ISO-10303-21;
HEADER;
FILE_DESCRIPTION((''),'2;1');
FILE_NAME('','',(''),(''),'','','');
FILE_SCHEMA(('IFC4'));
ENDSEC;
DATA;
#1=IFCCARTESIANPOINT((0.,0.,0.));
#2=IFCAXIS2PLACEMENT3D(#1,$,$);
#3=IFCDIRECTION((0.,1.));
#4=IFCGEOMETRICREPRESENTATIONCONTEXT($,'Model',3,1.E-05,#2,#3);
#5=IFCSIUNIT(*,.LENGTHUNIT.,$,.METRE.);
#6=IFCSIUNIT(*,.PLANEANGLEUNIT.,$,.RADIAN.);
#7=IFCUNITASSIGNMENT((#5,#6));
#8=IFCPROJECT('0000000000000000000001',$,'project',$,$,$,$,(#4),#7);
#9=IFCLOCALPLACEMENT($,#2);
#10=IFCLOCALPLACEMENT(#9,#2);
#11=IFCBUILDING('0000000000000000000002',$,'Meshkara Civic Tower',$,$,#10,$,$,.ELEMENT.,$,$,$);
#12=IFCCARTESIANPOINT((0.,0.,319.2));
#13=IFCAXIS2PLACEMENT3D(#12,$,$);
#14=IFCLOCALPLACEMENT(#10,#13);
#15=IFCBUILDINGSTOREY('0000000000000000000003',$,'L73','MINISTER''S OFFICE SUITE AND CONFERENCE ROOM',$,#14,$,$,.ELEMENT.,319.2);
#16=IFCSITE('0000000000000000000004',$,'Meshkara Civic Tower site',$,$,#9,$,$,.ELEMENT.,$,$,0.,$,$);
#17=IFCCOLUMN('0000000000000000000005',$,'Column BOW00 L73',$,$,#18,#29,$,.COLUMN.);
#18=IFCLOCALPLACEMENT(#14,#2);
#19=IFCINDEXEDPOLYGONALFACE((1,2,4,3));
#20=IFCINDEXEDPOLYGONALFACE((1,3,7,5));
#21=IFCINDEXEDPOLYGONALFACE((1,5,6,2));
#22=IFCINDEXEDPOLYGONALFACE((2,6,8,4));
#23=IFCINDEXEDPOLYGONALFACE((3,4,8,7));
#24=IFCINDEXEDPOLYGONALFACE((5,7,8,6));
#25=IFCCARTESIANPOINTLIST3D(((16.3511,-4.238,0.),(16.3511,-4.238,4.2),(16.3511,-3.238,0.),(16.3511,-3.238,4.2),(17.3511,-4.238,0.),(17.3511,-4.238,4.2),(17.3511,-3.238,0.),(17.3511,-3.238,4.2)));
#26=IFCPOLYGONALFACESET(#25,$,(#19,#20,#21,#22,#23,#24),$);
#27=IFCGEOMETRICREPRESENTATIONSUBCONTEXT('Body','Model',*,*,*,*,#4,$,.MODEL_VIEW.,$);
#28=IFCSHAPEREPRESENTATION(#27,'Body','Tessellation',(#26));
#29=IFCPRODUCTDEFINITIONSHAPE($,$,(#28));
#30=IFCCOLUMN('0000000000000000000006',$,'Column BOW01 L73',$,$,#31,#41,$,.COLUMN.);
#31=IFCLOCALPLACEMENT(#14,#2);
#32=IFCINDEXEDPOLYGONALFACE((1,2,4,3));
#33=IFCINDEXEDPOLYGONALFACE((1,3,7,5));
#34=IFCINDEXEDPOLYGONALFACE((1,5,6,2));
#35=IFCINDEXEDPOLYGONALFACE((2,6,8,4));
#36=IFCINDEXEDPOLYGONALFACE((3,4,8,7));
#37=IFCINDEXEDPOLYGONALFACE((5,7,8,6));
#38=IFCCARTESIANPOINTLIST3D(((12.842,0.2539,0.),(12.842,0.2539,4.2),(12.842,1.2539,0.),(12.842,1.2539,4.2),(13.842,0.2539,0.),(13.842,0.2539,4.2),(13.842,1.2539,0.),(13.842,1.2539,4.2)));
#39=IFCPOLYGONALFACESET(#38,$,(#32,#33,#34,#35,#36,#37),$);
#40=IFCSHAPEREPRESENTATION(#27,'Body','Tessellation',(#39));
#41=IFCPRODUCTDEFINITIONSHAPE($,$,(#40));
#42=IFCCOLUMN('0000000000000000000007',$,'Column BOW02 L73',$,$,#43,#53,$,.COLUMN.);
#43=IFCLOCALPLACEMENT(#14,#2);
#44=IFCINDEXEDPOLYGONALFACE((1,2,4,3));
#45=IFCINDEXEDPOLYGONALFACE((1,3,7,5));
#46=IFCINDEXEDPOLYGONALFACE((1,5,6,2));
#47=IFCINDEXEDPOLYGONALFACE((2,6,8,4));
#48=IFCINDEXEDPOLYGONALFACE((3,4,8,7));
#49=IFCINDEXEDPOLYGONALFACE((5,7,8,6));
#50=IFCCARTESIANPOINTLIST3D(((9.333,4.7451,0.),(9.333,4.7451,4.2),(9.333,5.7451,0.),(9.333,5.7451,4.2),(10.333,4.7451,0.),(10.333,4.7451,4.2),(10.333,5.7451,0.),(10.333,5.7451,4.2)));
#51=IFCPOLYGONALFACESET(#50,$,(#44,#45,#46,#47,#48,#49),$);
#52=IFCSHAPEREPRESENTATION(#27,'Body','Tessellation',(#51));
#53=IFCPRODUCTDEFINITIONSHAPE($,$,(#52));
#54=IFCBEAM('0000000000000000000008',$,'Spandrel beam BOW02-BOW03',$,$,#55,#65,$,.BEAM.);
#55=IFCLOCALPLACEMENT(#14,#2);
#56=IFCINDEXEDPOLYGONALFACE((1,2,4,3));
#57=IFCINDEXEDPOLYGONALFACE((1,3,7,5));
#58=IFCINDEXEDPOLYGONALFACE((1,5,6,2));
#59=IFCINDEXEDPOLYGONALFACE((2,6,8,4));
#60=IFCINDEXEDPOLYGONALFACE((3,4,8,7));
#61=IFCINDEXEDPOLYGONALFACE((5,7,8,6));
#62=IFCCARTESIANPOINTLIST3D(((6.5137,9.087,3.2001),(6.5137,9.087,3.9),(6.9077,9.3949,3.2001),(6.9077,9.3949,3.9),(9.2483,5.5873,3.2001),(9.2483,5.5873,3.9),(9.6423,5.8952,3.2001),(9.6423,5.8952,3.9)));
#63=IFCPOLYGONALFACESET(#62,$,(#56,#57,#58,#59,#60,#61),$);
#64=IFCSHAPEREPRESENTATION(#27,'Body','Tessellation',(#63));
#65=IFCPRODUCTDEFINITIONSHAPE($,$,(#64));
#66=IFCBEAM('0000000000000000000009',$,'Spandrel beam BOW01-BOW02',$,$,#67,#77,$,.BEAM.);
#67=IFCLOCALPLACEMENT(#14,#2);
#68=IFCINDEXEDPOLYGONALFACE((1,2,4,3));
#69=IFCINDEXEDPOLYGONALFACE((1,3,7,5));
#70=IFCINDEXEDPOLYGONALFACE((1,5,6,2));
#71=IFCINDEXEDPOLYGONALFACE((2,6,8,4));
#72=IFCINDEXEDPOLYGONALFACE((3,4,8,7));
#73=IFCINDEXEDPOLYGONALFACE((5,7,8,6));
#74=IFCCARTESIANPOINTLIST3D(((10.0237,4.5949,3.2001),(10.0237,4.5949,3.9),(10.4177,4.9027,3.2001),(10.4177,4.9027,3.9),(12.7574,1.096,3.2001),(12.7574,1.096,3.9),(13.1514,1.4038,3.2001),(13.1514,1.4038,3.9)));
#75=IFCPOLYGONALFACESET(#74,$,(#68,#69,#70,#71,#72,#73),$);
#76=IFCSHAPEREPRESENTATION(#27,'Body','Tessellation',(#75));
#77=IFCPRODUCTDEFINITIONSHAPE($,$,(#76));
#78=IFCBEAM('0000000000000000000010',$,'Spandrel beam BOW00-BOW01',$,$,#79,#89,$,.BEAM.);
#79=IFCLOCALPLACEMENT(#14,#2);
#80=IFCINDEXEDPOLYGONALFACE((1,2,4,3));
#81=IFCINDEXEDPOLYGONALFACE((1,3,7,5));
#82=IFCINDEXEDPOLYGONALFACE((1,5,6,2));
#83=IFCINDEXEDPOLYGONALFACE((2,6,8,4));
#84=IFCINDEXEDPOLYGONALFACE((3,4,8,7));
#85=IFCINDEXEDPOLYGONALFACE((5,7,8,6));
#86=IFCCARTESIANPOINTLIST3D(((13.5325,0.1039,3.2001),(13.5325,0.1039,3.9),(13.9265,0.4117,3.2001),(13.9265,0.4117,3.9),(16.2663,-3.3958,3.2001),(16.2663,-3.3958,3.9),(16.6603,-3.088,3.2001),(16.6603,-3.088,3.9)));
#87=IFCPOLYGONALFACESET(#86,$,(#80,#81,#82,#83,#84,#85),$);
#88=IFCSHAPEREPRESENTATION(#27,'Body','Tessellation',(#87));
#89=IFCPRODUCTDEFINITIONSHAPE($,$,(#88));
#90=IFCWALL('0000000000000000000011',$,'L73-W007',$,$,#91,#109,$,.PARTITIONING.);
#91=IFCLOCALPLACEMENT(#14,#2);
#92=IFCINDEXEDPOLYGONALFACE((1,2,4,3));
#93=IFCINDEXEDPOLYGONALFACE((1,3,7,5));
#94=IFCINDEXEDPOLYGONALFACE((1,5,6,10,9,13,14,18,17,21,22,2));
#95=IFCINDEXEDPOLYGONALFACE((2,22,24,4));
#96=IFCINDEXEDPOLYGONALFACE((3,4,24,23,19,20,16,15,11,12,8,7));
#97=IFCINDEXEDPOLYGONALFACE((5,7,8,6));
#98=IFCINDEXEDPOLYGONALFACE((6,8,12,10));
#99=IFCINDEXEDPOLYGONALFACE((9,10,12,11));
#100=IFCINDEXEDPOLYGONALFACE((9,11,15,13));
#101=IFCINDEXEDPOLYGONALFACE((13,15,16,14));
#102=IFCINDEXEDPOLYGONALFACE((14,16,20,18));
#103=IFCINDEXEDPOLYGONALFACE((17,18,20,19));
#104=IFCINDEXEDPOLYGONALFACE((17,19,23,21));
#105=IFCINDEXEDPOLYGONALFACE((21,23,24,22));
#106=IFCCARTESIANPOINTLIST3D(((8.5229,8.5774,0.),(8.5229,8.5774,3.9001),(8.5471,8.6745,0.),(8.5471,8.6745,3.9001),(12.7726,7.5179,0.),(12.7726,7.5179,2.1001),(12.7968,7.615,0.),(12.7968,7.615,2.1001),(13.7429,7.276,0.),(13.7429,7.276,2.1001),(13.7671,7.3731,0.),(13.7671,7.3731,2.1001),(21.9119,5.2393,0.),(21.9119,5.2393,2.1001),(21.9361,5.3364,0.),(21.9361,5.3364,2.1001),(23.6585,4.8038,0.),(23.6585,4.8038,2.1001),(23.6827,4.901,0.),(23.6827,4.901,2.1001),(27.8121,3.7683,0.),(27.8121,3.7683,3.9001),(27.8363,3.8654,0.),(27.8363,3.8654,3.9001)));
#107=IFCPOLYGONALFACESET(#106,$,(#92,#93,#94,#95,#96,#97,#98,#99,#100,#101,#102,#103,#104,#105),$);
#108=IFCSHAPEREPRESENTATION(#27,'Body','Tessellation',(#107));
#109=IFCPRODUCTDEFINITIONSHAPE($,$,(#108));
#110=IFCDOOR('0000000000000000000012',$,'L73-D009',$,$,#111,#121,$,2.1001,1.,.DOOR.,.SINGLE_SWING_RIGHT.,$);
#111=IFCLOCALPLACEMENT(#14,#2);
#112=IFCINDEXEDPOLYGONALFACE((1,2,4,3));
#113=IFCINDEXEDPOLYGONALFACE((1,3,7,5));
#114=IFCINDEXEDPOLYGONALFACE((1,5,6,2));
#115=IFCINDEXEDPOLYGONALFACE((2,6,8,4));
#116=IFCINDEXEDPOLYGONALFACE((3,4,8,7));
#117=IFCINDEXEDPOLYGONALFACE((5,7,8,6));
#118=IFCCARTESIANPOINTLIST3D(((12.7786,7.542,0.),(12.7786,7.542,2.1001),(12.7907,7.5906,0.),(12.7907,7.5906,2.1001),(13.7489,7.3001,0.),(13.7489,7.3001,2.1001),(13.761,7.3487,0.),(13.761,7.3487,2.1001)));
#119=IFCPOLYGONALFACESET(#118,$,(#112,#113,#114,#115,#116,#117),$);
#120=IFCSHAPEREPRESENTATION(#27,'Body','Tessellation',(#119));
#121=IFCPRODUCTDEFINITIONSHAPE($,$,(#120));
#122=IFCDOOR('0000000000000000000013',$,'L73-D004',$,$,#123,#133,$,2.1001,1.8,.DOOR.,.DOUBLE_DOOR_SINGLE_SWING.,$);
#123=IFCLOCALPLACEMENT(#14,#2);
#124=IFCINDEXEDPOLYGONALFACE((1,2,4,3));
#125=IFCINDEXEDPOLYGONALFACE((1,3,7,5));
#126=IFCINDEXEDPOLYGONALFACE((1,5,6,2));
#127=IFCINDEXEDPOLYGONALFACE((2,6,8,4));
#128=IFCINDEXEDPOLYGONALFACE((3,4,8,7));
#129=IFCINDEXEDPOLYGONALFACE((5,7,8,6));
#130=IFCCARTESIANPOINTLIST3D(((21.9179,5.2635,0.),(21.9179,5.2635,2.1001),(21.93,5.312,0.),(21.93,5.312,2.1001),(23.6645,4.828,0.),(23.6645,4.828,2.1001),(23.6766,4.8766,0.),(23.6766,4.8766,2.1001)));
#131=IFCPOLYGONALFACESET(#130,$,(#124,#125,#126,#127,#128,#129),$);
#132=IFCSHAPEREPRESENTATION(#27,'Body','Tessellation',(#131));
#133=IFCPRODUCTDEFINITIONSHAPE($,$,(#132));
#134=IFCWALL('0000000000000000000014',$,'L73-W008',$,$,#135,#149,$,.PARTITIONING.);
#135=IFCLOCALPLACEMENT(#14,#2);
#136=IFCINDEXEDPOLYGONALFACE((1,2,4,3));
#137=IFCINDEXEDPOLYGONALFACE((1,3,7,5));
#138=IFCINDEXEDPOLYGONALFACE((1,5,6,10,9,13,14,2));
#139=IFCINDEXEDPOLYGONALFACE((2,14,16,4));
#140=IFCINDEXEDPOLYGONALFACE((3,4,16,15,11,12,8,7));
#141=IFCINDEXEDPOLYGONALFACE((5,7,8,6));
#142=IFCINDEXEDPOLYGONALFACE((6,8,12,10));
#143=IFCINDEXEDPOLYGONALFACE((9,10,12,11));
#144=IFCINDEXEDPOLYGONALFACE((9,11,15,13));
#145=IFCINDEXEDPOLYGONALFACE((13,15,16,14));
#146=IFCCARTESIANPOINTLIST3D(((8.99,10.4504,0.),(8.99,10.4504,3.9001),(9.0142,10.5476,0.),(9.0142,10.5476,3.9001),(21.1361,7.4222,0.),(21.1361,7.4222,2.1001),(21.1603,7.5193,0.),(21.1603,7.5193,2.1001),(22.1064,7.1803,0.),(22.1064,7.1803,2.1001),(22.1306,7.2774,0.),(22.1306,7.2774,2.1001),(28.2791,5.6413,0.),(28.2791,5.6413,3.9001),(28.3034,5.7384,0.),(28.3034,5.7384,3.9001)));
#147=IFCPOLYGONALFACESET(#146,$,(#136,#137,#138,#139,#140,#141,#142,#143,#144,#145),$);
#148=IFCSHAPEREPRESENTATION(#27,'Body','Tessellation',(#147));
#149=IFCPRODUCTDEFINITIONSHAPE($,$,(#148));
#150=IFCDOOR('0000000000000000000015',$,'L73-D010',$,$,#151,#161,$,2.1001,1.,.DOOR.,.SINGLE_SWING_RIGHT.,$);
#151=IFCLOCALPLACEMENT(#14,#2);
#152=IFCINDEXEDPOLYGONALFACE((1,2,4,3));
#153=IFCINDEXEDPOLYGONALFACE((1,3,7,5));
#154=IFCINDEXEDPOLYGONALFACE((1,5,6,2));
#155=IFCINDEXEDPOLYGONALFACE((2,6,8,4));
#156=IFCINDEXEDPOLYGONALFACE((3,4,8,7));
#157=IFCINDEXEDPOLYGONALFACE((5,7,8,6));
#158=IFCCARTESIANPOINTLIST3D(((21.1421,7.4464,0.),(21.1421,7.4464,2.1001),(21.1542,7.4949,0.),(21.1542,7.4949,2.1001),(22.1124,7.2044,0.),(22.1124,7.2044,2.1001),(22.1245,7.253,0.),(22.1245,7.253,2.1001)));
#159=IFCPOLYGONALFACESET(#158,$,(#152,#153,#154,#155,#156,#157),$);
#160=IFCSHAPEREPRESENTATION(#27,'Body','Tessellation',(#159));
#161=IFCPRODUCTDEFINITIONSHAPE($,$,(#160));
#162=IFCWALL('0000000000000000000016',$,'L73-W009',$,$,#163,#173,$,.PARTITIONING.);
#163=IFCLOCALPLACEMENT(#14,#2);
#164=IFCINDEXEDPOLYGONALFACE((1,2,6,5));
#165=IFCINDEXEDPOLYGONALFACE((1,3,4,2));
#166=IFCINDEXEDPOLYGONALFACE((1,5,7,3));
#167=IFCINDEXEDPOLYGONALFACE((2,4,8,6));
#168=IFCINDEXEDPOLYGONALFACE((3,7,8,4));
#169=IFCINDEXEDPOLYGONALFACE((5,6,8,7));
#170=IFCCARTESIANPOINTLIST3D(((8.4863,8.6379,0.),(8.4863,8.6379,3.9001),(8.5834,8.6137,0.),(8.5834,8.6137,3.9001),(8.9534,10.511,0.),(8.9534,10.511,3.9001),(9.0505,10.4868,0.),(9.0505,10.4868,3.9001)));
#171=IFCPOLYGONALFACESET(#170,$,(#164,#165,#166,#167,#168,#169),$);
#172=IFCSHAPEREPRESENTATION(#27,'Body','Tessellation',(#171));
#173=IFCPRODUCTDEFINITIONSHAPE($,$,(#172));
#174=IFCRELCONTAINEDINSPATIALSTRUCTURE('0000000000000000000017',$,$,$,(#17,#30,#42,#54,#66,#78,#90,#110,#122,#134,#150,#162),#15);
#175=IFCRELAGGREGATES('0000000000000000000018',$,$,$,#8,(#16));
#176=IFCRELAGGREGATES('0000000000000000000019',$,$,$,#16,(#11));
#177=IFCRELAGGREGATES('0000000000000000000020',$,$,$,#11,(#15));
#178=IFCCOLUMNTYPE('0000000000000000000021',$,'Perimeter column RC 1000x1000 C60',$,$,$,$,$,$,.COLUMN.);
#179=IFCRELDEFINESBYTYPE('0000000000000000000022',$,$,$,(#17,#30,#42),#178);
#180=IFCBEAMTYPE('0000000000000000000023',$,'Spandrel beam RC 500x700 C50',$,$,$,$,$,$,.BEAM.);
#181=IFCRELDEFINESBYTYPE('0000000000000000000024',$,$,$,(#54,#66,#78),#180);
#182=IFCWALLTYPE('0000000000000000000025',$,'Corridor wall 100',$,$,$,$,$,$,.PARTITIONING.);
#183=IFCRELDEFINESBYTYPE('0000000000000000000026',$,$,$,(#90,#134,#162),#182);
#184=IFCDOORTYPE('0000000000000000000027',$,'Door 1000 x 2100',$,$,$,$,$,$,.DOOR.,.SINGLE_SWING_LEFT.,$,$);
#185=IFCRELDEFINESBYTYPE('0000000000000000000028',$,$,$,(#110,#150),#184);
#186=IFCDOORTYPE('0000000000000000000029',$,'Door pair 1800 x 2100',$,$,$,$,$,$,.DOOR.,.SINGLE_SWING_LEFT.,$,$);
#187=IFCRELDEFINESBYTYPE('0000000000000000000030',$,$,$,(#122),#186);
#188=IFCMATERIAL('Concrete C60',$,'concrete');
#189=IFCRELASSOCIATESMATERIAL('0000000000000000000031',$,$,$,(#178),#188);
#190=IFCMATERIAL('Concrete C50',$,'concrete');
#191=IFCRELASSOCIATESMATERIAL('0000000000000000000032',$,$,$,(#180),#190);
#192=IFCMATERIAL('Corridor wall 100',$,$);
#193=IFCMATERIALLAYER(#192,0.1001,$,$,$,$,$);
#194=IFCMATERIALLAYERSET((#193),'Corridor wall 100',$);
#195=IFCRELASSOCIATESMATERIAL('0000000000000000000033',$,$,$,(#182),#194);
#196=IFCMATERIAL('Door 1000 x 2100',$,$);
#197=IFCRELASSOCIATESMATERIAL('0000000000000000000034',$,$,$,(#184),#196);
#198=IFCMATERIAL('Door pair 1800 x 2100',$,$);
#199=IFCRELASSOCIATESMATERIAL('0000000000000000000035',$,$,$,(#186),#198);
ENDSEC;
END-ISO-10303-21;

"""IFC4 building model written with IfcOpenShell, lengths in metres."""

from ifc_helpers import new_model, si_unit, direction, frame, frame_2d, origin, origin_2d, place, context, subcontext, project, spatial, rectangle, extrude, material, layer, layer_set, material_profile, profile_set, type_object, element, fill, save


model = new_model("IFC4")

# Units and contexts
model_context = context("Model", 3, precision=1e-05, world=origin(), true_north=direction((0.0, 1.0)))
body_context = subcontext(model_context, "Body", "Model", "MODEL_VIEW")
ifc_project = project(units=[si_unit("LENGTHUNIT", "METRE"), si_unit("PLANEANGLEUNIT", "RADIAN")], contexts=[model_context])

# Site, building, storey
site_placement = place(None, origin())
site = spatial("IfcSite", under=ifc_project, at=site_placement, Name="Meshkara Civic Tower site", CompositionType="ELEMENT", RefElevation=0.0)
building_placement = place(site_placement, origin())
building = spatial("IfcBuilding", under=site, at=building_placement, Name="Meshkara Civic Tower", CompositionType="ELEMENT")
storey_placement = place(building_placement, frame((0.0, 0.0, 319.2)))
storey = spatial("IfcBuildingStorey", under=building, at=storey_placement, Name="L73", Description="MINISTER'S OFFICE SUITE AND CONFERENCE ROOM", CompositionType="ELEMENT", Elevation=319.2)

# Columns
ifc_material_1 = material(Name="Concrete C60", Category="concrete")
ifc_material_profile_1 = material_profile(ifc_material_1, rectangle(XDim=1.0, YDim=1.0, at=origin_2d()))
ifc_profile_set_1 = profile_set([ifc_material_profile_1], Name="Concrete C60")
column_type = type_object("IfcColumnType", Name="Perimeter column RC 1000x1000 C60", PredefinedType="COLUMN", material=ifc_profile_set_1)
for number, where, z_axis, x_axis, name in (
    (1, (16.8511, -3.738, 0.0), (0.0, 0.0, 1.0), (1.0, 0.0, 0.0), "Column BOW00 L73"),
    (2, (13.342, 0.7539, 0.0), (0.0, 0.0, 1.0), (1.0, 0.0, 0.0), "Column BOW01 L73"),
    (3, (9.833, 5.2451, 0.0), (0.0, 0.0, 1.0), (1.0, 0.0, 0.0), "Column BOW02 L73"),
):
    element("IfcColumn", number, at=place(storey_placement, frame(where, z_axis=z_axis, x_axis=x_axis)), inside=storey, type_object=column_type, Name=name, PredefinedType="COLUMN", context=body_context, shape_type="SweptSolid", body=[
        extrude(rectangle(XDim=1.0, YDim=1.0, at=origin_2d()), origin(), (0.0, 0.0, 1.0), 4.2),
    ])

# Beams
ifc_material_2 = material(Name="Concrete C50", Category="concrete")
ifc_material_profile_2 = material_profile(ifc_material_2, rectangle(XDim=0.5, YDim=0.7, at=origin_2d()))
ifc_profile_set_2 = profile_set([ifc_material_profile_2], Name="Concrete C50")
beam_type = type_object("IfcBeamType", Name="Spandrel beam RC 500x700 C50", PredefinedType="BEAM", material=ifc_profile_set_2)
beam_1_placement = place(storey_placement, frame((6.7107, 9.241, 3.55), z_axis=(0.615705, -0.787977, 0.0), x_axis=(0.787977, 0.615705, 0.0)))
element("IfcBeam", 4, at=beam_1_placement, inside=storey, type_object=beam_type, Name="Spandrel beam BOW02-BOW03", PredefinedType="BEAM", context=body_context, shape_type="SweptSolid", body=[
    extrude(rectangle(XDim=0.5, YDim=0.7, at=origin_2d()), origin(), (0.0, 0.0, 1.0), 4.4414),
])
beam_2_placement = place(storey_placement, frame((10.2207, 4.7488, 3.55), z_axis=(0.615675, -0.788, 0.0), x_axis=(0.788, 0.615675, 0.0)))
element("IfcBeam", 5, at=beam_2_placement, inside=storey, type_object=beam_type, Name="Spandrel beam BOW01-BOW02", PredefinedType="BEAM", context=body_context, shape_type="SweptSolid", body=[
    extrude(rectangle(XDim=0.5, YDim=0.7, at=origin_2d()), origin(), (0.0, 0.0, 1.0), 4.4402),
])
beam_3_placement = place(storey_placement, frame((13.7295, 0.2578, 3.55), z_axis=(0.615602, -0.788057, 0.0), x_axis=(0.788057, 0.615602, 0.0)))
element("IfcBeam", 6, at=beam_3_placement, inside=storey, type_object=beam_type, Name="Spandrel beam BOW00-BOW01", PredefinedType="BEAM", context=body_context, shape_type="SweptSolid", body=[
    extrude(rectangle(XDim=0.5, YDim=0.7, at=origin_2d()), origin(), (0.0, 0.0, 1.0), 4.4409),
])

# Wall, openings, doors
ifc_material_3 = material(Name="Corridor wall 100")
ifc_layer_1 = layer(ifc_material_3, 0.1001)
ifc_layer_set_1 = layer_set([ifc_layer_1], Name="Corridor wall 100")
wall_type_1 = type_object("IfcWallType", Name="Corridor wall 100", PredefinedType="PARTITIONING", material=ifc_layer_set_1)
wall_1_placement = place(storey_placement, frame((8.5349, 8.626, 0.0), z_axis=(0.0, 0.0, 1.0), x_axis=(0.970298, -0.241911, 0.0)))
wall_1 = element("IfcWall", 7, at=wall_1_placement, inside=storey, type_object=wall_type_1, Name="L73-W007", PredefinedType="PARTITIONING", context=body_context, shape_type="SweptSolid", body=[
    extrude(rectangle(XDim=19.8796, YDim=0.1001, at=frame_2d((9.9399, 0.0))), origin(), (0.0, 0.0, 1.0), 3.9001),
])
opening_1_placement = place(wall_1_placement, frame((13.7991, 0.0, 0.0)))
opening_1 = element("IfcOpeningElement", 8, at=opening_1_placement, cuts=wall_1, PredefinedType="OPENING", context=body_context, shape_type="SweptSolid", body=[
    extrude(rectangle(XDim=1.8, YDim=2.1001, at=frame_2d((0.8999, 1.05))), frame((0.0, 0.0601, 0.0), z_axis=(0.0, -1.0, 0.0), x_axis=(1.0, 0.0, 0.0)), (0.0, 0.0, 1.0), 0.1201),
])
opening_2_placement = place(wall_1_placement, frame((4.3799, 0.0, 0.0)))
opening_2 = element("IfcOpeningElement", 9, at=opening_2_placement, cuts=wall_1, PredefinedType="OPENING", context=body_context, shape_type="SweptSolid", body=[
    extrude(rectangle(XDim=1.0, YDim=2.1001, at=frame_2d((0.5, 1.05))), frame((0.0, 0.0601, 0.0), z_axis=(0.0, -1.0, 0.0), x_axis=(1.0, 0.0, 0.0)), (0.0, 0.0, 1.0), 0.1201),
])
ifc_material_4 = material(Name="Door 1000 x 2100")
door_type_1 = type_object("IfcDoorType", Name="Door 1000 x 2100", OperationType="SINGLE_SWING_LEFT", PredefinedType="DOOR", material=ifc_material_4)
door_1_placement = place(opening_2_placement, origin())
door_1 = element("IfcDoor", 10, at=door_1_placement, inside=storey, type_object=door_type_1, Name="L73-D009", OperationType="SINGLE_SWING_RIGHT", OverallHeight=2.1001, OverallWidth=1.0, PredefinedType="DOOR", context=body_context, shape_type="SweptSolid", body=[
    extrude(rectangle(XDim=1.0, YDim=2.1001, at=frame_2d((0.5, 1.05))), frame((0.0, 0.0249, 0.0), z_axis=(0.0, -1.0, 0.0), x_axis=(1.0, 0.0, 0.0)), (0.0, 0.0, 1.0), 0.05),
])
fill(opening_2, door_1)
ifc_material_5 = material(Name="Door pair 1800 x 2100")
door_type_2 = type_object("IfcDoorType", Name="Door pair 1800 x 2100", OperationType="SINGLE_SWING_LEFT", PredefinedType="DOOR", material=ifc_material_5)
door_2_placement = place(opening_1_placement, origin())
door_2 = element("IfcDoor", 11, at=door_2_placement, inside=storey, type_object=door_type_2, Name="L73-D004", OperationType="DOUBLE_DOOR_SINGLE_SWING", OverallHeight=2.1001, OverallWidth=1.8, PredefinedType="DOOR", context=body_context, shape_type="SweptSolid", body=[
    extrude(rectangle(XDim=1.8, YDim=2.1001, at=frame_2d((0.8999, 1.05))), frame((0.0, 0.0249, 0.0), z_axis=(0.0, -1.0, 0.0), x_axis=(1.0, 0.0, 0.0)), (0.0, 0.0, 1.0), 0.05),
])
fill(opening_1, door_2)

# Wall, opening, door
wall_2_placement = place(storey_placement, frame((9.002, 10.499, 0.0), z_axis=(0.0, 0.0, 1.0), x_axis=(0.970298, -0.241911, 0.0)))
wall_2 = element("IfcWall", 12, at=wall_2_placement, inside=storey, type_object=wall_type_1, Name="L73-W008", PredefinedType="PARTITIONING", context=body_context, shape_type="SweptSolid", body=[
    extrude(rectangle(XDim=19.8796, YDim=0.1001, at=frame_2d((9.9399, 0.0))), origin(), (0.0, 0.0, 1.0), 3.9001),
])
opening_3_placement = place(wall_2_placement, frame((12.5181, 0.0, 0.0)))
opening_3 = element("IfcOpeningElement", 13, at=opening_3_placement, cuts=wall_2, PredefinedType="OPENING", context=body_context, shape_type="SweptSolid", body=[
    extrude(rectangle(XDim=1.0, YDim=2.1001, at=frame_2d((0.5, 1.05))), frame((0.0, 0.0601, 0.0), z_axis=(0.0, -1.0, 0.0), x_axis=(1.0, 0.0, 0.0)), (0.0, 0.0, 1.0), 0.1201),
])
door_3_placement = place(opening_3_placement, origin())
door_3 = element("IfcDoor", 14, at=door_3_placement, inside=storey, type_object=door_type_1, Name="L73-D010", OperationType="SINGLE_SWING_RIGHT", OverallHeight=2.1001, OverallWidth=1.0, PredefinedType="DOOR", context=body_context, shape_type="SweptSolid", body=[
    extrude(rectangle(XDim=1.0, YDim=2.1001, at=frame_2d((0.5, 1.05))), frame((0.0, 0.0249, 0.0), z_axis=(0.0, -1.0, 0.0), x_axis=(1.0, 0.0, 0.0)), (0.0, 0.0, 1.0), 0.05),
])
fill(opening_3, door_3)

# Wall
wall_3_placement = place(storey_placement, frame((9.002, 10.499, 0.0), z_axis=(0.0, 0.0, 1.0), x_axis=(-0.24194, -0.970291, 0.0)))
element("IfcWall", 15, at=wall_3_placement, inside=storey, type_object=wall_type_1, Name="L73-W009", PredefinedType="PARTITIONING", context=body_context, shape_type="SweptSolid", body=[
    extrude(rectangle(XDim=1.9304, YDim=0.1001, at=frame_2d((0.9653, 0.0))), origin(), (0.0, 0.0, 1.0), 3.9001),
])

save(model, "model.ifc")
